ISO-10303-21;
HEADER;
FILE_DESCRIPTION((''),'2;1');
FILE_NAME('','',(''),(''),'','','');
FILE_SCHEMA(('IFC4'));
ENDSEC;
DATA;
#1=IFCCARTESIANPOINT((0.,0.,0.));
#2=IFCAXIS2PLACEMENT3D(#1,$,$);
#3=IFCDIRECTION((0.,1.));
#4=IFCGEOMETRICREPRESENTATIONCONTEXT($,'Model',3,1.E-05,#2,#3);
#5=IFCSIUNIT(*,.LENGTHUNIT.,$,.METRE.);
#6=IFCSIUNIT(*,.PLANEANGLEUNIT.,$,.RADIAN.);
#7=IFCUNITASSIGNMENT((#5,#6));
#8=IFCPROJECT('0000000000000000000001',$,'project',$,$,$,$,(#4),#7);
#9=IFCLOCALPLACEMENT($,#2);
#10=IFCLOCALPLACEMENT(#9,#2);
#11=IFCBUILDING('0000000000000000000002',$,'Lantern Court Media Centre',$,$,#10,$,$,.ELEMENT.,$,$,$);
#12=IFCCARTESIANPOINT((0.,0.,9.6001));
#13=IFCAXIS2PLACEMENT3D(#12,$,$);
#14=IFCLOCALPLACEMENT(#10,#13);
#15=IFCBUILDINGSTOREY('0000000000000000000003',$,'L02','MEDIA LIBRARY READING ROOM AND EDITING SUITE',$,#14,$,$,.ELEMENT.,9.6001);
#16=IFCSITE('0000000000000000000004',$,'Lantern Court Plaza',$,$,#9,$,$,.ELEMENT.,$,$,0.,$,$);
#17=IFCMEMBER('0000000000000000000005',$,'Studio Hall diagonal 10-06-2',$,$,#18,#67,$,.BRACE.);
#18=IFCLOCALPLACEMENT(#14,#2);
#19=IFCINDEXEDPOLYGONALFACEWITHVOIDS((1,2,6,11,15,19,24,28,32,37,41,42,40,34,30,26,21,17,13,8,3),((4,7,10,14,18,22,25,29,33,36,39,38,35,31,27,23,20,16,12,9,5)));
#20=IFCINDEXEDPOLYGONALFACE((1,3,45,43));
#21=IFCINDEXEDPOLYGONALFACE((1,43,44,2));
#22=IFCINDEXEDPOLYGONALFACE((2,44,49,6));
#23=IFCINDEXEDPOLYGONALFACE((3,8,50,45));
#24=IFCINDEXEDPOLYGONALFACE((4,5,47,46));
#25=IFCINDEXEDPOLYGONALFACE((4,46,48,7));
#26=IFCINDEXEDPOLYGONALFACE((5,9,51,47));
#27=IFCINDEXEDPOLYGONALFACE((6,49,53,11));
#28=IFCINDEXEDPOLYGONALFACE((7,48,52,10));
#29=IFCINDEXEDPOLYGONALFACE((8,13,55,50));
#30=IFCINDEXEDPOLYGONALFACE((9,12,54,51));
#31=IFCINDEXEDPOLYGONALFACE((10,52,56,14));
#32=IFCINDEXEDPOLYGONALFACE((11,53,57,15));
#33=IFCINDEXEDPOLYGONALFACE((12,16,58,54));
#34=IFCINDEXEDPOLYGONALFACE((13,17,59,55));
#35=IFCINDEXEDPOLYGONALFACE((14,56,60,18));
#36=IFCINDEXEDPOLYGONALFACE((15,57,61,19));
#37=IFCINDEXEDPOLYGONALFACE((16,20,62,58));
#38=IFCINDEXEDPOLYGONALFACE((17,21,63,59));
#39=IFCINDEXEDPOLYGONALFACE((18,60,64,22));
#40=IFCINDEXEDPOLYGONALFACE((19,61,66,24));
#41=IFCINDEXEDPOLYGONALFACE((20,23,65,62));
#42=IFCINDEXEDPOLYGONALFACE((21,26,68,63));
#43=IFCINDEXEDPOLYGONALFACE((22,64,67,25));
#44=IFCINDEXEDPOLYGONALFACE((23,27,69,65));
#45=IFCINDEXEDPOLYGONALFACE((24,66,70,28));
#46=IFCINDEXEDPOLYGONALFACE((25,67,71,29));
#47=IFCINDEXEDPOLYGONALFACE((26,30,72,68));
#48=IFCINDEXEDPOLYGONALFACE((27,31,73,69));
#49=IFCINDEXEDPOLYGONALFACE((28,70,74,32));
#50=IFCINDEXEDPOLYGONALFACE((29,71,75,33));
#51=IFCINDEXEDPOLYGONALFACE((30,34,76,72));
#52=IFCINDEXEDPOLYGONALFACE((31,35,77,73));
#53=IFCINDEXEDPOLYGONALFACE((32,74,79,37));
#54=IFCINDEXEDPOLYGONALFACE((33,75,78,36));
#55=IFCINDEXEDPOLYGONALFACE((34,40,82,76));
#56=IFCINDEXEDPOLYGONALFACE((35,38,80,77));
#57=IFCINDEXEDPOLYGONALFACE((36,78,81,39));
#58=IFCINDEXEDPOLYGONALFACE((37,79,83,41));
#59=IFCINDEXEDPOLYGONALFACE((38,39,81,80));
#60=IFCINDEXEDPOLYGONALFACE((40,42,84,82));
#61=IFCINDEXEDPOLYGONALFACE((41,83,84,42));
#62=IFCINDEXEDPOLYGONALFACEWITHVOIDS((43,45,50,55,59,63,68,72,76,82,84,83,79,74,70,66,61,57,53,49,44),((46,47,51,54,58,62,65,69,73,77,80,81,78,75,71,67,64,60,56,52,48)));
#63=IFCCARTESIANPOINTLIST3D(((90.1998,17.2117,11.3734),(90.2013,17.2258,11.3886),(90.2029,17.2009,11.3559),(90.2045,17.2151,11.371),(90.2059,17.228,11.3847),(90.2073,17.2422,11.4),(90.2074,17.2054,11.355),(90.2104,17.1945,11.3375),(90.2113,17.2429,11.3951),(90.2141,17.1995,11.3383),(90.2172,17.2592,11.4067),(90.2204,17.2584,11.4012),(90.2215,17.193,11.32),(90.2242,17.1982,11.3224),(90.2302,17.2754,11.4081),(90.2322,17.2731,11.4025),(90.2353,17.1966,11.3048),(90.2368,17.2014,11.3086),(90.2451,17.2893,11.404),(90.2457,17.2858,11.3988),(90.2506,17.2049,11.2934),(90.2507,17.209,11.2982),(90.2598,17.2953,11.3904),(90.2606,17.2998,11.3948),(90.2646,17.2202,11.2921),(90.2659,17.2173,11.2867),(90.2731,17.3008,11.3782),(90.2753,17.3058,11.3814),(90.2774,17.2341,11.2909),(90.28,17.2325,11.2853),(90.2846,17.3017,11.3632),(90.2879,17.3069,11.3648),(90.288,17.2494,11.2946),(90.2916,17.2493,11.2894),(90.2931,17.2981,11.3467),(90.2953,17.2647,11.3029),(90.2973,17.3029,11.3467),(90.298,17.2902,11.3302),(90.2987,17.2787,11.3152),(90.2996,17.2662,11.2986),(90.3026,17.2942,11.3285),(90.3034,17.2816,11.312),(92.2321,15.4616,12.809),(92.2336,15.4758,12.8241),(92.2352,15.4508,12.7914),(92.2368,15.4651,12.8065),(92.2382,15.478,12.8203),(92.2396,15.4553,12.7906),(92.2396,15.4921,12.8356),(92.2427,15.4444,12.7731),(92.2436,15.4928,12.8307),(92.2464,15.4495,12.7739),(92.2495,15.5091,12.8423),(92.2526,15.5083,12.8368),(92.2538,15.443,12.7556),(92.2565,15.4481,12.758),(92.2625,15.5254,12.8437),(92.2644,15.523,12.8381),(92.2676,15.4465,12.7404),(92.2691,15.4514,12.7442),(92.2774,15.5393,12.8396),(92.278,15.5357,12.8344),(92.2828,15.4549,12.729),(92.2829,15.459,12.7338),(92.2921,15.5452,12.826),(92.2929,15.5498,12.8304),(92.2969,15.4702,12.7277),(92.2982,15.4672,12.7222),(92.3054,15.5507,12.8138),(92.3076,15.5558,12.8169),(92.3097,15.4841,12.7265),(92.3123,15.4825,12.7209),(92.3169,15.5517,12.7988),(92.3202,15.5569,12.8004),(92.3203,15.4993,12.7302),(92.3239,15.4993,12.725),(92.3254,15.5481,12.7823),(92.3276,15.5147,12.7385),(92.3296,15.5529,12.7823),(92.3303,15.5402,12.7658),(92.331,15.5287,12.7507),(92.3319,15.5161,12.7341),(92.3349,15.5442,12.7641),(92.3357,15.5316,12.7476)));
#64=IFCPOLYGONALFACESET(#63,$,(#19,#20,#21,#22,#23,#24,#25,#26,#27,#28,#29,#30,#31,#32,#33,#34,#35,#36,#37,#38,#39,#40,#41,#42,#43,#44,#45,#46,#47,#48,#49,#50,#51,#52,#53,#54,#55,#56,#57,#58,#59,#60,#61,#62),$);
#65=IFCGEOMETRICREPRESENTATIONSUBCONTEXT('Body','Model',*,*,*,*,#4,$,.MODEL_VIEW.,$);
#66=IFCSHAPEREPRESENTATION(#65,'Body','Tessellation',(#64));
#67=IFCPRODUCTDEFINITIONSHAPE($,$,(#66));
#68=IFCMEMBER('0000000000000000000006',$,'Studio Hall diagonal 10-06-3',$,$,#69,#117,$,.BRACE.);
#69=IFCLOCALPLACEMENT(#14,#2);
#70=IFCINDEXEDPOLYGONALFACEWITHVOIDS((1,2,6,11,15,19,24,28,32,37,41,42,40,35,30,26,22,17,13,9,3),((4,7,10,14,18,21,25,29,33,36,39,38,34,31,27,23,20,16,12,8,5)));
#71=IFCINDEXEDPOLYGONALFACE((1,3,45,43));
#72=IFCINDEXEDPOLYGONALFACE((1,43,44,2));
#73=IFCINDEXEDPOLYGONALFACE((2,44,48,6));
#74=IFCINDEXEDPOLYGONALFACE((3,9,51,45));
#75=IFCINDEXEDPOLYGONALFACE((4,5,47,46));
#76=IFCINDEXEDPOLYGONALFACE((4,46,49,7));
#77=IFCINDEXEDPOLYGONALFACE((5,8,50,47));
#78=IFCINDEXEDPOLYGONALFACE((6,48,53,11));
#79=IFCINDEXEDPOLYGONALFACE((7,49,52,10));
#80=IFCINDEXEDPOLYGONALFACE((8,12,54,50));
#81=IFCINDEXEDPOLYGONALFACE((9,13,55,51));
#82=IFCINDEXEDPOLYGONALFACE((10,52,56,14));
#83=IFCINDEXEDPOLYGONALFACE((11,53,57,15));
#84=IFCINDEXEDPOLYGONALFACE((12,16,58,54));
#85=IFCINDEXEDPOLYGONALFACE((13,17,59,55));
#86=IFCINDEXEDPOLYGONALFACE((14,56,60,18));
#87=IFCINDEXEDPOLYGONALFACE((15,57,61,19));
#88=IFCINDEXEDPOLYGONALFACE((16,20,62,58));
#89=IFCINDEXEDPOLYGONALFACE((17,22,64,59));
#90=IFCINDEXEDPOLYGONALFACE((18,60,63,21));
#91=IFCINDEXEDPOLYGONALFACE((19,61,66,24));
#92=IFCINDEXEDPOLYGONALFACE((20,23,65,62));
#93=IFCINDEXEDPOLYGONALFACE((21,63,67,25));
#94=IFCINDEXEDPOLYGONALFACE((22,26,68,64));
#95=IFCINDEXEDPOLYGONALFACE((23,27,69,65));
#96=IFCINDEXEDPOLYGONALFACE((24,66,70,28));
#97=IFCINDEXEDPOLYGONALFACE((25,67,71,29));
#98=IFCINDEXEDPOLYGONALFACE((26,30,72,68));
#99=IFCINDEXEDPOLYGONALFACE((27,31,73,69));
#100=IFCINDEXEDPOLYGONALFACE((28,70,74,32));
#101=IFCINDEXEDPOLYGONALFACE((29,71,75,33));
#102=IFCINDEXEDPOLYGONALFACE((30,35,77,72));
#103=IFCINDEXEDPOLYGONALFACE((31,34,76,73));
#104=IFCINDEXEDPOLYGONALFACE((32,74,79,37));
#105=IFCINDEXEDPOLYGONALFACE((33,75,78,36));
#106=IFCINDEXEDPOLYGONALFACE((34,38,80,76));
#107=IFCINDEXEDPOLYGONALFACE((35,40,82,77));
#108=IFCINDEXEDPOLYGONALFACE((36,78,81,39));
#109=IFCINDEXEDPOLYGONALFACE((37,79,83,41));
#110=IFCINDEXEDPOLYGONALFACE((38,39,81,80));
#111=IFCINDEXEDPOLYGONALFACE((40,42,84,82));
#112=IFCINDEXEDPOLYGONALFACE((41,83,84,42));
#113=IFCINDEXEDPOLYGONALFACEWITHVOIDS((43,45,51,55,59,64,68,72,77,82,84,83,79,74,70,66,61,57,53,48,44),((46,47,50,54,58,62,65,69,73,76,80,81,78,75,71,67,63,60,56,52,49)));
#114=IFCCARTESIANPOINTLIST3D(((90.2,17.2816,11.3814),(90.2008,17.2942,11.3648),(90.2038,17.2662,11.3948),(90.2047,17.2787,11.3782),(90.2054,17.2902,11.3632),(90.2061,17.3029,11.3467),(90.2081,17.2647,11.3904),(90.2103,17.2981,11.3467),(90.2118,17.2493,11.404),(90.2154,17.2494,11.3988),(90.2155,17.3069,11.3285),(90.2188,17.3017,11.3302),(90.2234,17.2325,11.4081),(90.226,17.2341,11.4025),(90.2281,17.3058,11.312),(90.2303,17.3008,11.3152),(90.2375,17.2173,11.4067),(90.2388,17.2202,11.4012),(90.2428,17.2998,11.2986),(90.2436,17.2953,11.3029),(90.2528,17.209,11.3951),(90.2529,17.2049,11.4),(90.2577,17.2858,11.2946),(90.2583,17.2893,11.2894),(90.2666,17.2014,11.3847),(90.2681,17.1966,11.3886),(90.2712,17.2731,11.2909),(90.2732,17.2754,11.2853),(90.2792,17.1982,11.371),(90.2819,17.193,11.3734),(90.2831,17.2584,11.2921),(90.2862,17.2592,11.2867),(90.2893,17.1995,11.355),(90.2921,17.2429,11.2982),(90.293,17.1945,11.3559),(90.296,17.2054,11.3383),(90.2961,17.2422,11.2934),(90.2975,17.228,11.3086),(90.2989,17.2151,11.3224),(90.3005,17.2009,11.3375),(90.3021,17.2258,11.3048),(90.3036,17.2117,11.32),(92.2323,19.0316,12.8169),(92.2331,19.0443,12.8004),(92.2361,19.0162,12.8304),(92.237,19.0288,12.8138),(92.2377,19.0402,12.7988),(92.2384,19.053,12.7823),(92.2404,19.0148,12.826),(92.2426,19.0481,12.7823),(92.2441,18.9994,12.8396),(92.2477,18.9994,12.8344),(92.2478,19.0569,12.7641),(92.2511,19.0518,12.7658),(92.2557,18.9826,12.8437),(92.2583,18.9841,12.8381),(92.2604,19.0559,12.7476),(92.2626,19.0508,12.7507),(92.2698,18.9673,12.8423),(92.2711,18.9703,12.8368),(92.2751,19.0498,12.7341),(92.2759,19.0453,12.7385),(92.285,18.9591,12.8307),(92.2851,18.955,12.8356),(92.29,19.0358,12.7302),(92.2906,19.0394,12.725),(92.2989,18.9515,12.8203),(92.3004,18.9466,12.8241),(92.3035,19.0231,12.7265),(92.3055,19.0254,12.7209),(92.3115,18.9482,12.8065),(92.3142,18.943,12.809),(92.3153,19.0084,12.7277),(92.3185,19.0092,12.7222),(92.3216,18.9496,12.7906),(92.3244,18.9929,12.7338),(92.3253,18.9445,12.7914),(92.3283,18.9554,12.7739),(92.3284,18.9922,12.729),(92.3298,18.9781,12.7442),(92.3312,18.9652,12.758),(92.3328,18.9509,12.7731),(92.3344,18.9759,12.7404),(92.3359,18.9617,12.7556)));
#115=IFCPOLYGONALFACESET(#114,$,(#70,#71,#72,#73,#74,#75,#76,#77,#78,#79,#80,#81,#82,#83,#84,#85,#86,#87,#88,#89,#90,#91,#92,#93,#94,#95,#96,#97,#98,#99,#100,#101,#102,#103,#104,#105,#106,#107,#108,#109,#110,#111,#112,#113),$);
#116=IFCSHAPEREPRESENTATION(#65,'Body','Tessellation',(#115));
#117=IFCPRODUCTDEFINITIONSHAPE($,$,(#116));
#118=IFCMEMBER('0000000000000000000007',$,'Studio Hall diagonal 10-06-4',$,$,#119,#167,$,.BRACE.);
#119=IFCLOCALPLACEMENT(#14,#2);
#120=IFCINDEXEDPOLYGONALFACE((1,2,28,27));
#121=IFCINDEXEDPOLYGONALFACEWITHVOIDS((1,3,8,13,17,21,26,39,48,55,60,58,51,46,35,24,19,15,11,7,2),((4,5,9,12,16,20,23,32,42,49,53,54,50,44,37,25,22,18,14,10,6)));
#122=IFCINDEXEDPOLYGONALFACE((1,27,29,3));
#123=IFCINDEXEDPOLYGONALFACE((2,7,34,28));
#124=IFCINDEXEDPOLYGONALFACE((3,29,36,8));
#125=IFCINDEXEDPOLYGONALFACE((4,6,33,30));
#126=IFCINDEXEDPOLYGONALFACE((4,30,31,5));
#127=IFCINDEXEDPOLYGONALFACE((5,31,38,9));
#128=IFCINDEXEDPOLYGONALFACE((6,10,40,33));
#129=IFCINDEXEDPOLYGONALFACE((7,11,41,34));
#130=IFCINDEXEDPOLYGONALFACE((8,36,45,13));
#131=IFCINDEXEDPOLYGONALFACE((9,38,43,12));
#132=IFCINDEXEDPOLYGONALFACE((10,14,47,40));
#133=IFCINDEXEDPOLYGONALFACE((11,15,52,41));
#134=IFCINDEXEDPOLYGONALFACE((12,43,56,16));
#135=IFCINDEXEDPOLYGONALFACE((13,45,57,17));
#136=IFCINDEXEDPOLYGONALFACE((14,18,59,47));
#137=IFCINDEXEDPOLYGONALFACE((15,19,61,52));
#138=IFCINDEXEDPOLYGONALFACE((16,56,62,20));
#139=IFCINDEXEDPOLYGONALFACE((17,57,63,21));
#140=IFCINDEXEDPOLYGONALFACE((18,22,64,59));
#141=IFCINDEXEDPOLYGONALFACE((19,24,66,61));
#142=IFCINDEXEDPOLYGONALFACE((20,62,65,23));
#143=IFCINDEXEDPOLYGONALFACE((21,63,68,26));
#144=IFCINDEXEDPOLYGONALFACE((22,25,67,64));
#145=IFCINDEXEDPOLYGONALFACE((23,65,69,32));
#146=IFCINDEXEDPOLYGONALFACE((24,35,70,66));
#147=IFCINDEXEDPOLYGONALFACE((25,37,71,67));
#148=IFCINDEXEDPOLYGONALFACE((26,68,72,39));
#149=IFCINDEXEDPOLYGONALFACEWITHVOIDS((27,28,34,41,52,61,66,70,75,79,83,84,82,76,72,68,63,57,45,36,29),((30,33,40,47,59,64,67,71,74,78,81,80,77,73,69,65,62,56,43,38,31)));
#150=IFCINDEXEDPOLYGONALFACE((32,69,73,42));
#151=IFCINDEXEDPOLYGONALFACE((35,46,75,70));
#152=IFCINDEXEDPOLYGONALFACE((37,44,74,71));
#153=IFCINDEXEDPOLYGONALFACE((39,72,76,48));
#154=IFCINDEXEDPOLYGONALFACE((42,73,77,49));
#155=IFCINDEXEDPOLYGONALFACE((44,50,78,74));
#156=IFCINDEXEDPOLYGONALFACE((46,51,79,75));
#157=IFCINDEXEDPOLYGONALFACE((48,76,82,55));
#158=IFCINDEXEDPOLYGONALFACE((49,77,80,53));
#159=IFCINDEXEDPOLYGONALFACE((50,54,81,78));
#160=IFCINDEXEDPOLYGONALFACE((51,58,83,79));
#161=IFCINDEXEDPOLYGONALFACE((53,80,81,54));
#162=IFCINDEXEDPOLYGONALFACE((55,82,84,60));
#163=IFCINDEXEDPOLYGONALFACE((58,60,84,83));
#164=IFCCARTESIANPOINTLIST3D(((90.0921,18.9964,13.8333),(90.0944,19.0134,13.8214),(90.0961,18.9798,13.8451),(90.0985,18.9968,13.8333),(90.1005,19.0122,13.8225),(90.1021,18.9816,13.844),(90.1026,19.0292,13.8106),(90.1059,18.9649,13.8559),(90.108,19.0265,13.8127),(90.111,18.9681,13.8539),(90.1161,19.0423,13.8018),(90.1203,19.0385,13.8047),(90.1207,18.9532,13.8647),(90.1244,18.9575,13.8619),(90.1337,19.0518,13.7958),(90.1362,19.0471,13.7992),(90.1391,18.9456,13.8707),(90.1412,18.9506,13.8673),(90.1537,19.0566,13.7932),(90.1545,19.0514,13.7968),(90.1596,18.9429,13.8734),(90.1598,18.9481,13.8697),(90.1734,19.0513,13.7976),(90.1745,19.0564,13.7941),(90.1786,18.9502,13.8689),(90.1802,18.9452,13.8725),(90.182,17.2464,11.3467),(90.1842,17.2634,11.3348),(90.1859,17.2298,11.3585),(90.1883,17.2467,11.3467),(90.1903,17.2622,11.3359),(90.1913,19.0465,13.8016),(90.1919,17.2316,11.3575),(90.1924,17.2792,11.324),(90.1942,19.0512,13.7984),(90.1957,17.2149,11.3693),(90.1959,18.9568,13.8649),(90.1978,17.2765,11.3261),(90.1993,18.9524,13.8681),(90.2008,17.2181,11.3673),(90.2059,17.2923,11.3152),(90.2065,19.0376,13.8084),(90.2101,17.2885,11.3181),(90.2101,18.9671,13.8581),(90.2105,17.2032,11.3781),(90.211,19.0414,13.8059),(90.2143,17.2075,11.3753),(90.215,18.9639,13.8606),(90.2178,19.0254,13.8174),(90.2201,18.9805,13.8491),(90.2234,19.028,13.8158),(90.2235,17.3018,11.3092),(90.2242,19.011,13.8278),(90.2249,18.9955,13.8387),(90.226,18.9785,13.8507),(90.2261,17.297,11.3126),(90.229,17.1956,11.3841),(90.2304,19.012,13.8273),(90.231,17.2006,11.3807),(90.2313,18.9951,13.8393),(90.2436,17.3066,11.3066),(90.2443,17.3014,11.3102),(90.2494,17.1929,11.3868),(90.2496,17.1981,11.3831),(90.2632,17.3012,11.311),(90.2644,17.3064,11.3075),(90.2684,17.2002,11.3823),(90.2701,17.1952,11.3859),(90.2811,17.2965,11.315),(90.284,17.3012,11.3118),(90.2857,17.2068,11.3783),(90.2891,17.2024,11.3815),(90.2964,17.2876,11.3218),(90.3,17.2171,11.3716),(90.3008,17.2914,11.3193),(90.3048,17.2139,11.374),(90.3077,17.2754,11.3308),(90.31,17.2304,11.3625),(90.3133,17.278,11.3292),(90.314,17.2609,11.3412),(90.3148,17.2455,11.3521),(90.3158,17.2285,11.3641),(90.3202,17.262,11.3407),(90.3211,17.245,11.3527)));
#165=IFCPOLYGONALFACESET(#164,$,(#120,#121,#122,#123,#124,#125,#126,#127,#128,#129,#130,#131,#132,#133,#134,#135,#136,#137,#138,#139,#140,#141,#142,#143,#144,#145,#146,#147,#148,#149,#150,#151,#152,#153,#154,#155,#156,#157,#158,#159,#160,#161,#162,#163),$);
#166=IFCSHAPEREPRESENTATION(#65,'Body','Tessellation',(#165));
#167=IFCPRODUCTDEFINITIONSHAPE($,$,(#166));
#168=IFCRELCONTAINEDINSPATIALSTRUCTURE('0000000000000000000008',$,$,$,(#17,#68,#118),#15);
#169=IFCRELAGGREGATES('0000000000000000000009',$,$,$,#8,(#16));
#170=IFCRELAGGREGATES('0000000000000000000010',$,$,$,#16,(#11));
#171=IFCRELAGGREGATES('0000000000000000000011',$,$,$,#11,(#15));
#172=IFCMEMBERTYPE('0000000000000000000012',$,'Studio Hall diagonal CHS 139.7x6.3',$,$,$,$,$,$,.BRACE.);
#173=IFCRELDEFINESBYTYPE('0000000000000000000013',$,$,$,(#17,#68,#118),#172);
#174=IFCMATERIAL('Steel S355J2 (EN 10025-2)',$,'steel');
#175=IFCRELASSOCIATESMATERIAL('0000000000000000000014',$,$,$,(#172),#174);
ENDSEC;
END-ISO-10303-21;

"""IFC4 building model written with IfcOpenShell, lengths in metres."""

from ifc_helpers import new_model, si_unit, direction, frame, origin, origin_2d, place, context, subcontext, project, spatial, hollow_circle, extrude, material, material_profile, profile_set, type_object, element, save


model = new_model("IFC4")

# Units and contexts
model_context = context("Model", 3, precision=1e-05, world=origin(), true_north=direction((0.0, 1.0)))
body_context = subcontext(model_context, "Body", "Model", "MODEL_VIEW")
ifc_project = project(units=[si_unit("LENGTHUNIT", "METRE"), si_unit("PLANEANGLEUNIT", "RADIAN")], contexts=[model_context])

# Site, building, storey
site_placement = place(None, origin())
site = spatial("IfcSite", under=ifc_project, at=site_placement, Name="Lantern Court Plaza", CompositionType="ELEMENT", RefElevation=0.0)
building_placement = place(site_placement, origin())
building = spatial("IfcBuilding", under=site, at=building_placement, Name="Lantern Court Media Centre", CompositionType="ELEMENT")
storey_placement = place(building_placement, frame((0.0, 0.0, 9.6001)))
storey = spatial("IfcBuildingStorey", under=building, at=storey_placement, Name="L02", Description="MEDIA LIBRARY READING ROOM AND EDITING SUITE", CompositionType="ELEMENT", Elevation=9.6001)

# Members
ifc_material = material(Name="Steel S355J2 (EN 10025-2)", Category="steel")
ifc_material_profile_1 = material_profile(ifc_material, hollow_circle(Radius=0.0698, WallThickness=0.0063, at=origin_2d()), Name="Studio Hall diagonal CHS 139.7x6.3")
ifc_profile_set_1 = profile_set([ifc_material_profile_1], Name="Steel S355J2 (EN 10025-2)")
member_type_1 = type_object("IfcMemberType", Name="Studio Hall diagonal CHS 139.7x6.3", PredefinedType="BRACE", material=ifc_profile_set_1)
for number, where, z_axis, x_axis, name in (
    (1, (90.2517, 17.25, 11.3467), (0.668075, -0.575296, 0.471922), (0.652529, 0.757764, 0.0), "Studio Hall diagonal 10-06-2"),
    (2, (90.2517, 17.25, 11.3467), (0.668075, 0.575296, 0.471922), (-0.652529, 0.757764, 0.0), "Studio Hall diagonal 10-06-3"),
    (3, (90.2517, 17.25, 11.3467), (-0.029535, 0.575284, 0.81742), (-0.998685, -0.051272, 0.0), "Studio Hall diagonal 10-06-4"),
):
    element("IfcMember", number, at=place(storey_placement, frame(where, z_axis=z_axis, x_axis=x_axis)), inside=storey, type_object=member_type_1, Name=name, PredefinedType="BRACE", context=body_context, shape_type="SweptSolid", body=[
        extrude(hollow_circle(Radius=0.0698, WallThickness=0.0063, at=origin_2d()), origin(), (0.0, 0.0, 1.0), 3.042),
    ])

save(model, "model.ifc")
